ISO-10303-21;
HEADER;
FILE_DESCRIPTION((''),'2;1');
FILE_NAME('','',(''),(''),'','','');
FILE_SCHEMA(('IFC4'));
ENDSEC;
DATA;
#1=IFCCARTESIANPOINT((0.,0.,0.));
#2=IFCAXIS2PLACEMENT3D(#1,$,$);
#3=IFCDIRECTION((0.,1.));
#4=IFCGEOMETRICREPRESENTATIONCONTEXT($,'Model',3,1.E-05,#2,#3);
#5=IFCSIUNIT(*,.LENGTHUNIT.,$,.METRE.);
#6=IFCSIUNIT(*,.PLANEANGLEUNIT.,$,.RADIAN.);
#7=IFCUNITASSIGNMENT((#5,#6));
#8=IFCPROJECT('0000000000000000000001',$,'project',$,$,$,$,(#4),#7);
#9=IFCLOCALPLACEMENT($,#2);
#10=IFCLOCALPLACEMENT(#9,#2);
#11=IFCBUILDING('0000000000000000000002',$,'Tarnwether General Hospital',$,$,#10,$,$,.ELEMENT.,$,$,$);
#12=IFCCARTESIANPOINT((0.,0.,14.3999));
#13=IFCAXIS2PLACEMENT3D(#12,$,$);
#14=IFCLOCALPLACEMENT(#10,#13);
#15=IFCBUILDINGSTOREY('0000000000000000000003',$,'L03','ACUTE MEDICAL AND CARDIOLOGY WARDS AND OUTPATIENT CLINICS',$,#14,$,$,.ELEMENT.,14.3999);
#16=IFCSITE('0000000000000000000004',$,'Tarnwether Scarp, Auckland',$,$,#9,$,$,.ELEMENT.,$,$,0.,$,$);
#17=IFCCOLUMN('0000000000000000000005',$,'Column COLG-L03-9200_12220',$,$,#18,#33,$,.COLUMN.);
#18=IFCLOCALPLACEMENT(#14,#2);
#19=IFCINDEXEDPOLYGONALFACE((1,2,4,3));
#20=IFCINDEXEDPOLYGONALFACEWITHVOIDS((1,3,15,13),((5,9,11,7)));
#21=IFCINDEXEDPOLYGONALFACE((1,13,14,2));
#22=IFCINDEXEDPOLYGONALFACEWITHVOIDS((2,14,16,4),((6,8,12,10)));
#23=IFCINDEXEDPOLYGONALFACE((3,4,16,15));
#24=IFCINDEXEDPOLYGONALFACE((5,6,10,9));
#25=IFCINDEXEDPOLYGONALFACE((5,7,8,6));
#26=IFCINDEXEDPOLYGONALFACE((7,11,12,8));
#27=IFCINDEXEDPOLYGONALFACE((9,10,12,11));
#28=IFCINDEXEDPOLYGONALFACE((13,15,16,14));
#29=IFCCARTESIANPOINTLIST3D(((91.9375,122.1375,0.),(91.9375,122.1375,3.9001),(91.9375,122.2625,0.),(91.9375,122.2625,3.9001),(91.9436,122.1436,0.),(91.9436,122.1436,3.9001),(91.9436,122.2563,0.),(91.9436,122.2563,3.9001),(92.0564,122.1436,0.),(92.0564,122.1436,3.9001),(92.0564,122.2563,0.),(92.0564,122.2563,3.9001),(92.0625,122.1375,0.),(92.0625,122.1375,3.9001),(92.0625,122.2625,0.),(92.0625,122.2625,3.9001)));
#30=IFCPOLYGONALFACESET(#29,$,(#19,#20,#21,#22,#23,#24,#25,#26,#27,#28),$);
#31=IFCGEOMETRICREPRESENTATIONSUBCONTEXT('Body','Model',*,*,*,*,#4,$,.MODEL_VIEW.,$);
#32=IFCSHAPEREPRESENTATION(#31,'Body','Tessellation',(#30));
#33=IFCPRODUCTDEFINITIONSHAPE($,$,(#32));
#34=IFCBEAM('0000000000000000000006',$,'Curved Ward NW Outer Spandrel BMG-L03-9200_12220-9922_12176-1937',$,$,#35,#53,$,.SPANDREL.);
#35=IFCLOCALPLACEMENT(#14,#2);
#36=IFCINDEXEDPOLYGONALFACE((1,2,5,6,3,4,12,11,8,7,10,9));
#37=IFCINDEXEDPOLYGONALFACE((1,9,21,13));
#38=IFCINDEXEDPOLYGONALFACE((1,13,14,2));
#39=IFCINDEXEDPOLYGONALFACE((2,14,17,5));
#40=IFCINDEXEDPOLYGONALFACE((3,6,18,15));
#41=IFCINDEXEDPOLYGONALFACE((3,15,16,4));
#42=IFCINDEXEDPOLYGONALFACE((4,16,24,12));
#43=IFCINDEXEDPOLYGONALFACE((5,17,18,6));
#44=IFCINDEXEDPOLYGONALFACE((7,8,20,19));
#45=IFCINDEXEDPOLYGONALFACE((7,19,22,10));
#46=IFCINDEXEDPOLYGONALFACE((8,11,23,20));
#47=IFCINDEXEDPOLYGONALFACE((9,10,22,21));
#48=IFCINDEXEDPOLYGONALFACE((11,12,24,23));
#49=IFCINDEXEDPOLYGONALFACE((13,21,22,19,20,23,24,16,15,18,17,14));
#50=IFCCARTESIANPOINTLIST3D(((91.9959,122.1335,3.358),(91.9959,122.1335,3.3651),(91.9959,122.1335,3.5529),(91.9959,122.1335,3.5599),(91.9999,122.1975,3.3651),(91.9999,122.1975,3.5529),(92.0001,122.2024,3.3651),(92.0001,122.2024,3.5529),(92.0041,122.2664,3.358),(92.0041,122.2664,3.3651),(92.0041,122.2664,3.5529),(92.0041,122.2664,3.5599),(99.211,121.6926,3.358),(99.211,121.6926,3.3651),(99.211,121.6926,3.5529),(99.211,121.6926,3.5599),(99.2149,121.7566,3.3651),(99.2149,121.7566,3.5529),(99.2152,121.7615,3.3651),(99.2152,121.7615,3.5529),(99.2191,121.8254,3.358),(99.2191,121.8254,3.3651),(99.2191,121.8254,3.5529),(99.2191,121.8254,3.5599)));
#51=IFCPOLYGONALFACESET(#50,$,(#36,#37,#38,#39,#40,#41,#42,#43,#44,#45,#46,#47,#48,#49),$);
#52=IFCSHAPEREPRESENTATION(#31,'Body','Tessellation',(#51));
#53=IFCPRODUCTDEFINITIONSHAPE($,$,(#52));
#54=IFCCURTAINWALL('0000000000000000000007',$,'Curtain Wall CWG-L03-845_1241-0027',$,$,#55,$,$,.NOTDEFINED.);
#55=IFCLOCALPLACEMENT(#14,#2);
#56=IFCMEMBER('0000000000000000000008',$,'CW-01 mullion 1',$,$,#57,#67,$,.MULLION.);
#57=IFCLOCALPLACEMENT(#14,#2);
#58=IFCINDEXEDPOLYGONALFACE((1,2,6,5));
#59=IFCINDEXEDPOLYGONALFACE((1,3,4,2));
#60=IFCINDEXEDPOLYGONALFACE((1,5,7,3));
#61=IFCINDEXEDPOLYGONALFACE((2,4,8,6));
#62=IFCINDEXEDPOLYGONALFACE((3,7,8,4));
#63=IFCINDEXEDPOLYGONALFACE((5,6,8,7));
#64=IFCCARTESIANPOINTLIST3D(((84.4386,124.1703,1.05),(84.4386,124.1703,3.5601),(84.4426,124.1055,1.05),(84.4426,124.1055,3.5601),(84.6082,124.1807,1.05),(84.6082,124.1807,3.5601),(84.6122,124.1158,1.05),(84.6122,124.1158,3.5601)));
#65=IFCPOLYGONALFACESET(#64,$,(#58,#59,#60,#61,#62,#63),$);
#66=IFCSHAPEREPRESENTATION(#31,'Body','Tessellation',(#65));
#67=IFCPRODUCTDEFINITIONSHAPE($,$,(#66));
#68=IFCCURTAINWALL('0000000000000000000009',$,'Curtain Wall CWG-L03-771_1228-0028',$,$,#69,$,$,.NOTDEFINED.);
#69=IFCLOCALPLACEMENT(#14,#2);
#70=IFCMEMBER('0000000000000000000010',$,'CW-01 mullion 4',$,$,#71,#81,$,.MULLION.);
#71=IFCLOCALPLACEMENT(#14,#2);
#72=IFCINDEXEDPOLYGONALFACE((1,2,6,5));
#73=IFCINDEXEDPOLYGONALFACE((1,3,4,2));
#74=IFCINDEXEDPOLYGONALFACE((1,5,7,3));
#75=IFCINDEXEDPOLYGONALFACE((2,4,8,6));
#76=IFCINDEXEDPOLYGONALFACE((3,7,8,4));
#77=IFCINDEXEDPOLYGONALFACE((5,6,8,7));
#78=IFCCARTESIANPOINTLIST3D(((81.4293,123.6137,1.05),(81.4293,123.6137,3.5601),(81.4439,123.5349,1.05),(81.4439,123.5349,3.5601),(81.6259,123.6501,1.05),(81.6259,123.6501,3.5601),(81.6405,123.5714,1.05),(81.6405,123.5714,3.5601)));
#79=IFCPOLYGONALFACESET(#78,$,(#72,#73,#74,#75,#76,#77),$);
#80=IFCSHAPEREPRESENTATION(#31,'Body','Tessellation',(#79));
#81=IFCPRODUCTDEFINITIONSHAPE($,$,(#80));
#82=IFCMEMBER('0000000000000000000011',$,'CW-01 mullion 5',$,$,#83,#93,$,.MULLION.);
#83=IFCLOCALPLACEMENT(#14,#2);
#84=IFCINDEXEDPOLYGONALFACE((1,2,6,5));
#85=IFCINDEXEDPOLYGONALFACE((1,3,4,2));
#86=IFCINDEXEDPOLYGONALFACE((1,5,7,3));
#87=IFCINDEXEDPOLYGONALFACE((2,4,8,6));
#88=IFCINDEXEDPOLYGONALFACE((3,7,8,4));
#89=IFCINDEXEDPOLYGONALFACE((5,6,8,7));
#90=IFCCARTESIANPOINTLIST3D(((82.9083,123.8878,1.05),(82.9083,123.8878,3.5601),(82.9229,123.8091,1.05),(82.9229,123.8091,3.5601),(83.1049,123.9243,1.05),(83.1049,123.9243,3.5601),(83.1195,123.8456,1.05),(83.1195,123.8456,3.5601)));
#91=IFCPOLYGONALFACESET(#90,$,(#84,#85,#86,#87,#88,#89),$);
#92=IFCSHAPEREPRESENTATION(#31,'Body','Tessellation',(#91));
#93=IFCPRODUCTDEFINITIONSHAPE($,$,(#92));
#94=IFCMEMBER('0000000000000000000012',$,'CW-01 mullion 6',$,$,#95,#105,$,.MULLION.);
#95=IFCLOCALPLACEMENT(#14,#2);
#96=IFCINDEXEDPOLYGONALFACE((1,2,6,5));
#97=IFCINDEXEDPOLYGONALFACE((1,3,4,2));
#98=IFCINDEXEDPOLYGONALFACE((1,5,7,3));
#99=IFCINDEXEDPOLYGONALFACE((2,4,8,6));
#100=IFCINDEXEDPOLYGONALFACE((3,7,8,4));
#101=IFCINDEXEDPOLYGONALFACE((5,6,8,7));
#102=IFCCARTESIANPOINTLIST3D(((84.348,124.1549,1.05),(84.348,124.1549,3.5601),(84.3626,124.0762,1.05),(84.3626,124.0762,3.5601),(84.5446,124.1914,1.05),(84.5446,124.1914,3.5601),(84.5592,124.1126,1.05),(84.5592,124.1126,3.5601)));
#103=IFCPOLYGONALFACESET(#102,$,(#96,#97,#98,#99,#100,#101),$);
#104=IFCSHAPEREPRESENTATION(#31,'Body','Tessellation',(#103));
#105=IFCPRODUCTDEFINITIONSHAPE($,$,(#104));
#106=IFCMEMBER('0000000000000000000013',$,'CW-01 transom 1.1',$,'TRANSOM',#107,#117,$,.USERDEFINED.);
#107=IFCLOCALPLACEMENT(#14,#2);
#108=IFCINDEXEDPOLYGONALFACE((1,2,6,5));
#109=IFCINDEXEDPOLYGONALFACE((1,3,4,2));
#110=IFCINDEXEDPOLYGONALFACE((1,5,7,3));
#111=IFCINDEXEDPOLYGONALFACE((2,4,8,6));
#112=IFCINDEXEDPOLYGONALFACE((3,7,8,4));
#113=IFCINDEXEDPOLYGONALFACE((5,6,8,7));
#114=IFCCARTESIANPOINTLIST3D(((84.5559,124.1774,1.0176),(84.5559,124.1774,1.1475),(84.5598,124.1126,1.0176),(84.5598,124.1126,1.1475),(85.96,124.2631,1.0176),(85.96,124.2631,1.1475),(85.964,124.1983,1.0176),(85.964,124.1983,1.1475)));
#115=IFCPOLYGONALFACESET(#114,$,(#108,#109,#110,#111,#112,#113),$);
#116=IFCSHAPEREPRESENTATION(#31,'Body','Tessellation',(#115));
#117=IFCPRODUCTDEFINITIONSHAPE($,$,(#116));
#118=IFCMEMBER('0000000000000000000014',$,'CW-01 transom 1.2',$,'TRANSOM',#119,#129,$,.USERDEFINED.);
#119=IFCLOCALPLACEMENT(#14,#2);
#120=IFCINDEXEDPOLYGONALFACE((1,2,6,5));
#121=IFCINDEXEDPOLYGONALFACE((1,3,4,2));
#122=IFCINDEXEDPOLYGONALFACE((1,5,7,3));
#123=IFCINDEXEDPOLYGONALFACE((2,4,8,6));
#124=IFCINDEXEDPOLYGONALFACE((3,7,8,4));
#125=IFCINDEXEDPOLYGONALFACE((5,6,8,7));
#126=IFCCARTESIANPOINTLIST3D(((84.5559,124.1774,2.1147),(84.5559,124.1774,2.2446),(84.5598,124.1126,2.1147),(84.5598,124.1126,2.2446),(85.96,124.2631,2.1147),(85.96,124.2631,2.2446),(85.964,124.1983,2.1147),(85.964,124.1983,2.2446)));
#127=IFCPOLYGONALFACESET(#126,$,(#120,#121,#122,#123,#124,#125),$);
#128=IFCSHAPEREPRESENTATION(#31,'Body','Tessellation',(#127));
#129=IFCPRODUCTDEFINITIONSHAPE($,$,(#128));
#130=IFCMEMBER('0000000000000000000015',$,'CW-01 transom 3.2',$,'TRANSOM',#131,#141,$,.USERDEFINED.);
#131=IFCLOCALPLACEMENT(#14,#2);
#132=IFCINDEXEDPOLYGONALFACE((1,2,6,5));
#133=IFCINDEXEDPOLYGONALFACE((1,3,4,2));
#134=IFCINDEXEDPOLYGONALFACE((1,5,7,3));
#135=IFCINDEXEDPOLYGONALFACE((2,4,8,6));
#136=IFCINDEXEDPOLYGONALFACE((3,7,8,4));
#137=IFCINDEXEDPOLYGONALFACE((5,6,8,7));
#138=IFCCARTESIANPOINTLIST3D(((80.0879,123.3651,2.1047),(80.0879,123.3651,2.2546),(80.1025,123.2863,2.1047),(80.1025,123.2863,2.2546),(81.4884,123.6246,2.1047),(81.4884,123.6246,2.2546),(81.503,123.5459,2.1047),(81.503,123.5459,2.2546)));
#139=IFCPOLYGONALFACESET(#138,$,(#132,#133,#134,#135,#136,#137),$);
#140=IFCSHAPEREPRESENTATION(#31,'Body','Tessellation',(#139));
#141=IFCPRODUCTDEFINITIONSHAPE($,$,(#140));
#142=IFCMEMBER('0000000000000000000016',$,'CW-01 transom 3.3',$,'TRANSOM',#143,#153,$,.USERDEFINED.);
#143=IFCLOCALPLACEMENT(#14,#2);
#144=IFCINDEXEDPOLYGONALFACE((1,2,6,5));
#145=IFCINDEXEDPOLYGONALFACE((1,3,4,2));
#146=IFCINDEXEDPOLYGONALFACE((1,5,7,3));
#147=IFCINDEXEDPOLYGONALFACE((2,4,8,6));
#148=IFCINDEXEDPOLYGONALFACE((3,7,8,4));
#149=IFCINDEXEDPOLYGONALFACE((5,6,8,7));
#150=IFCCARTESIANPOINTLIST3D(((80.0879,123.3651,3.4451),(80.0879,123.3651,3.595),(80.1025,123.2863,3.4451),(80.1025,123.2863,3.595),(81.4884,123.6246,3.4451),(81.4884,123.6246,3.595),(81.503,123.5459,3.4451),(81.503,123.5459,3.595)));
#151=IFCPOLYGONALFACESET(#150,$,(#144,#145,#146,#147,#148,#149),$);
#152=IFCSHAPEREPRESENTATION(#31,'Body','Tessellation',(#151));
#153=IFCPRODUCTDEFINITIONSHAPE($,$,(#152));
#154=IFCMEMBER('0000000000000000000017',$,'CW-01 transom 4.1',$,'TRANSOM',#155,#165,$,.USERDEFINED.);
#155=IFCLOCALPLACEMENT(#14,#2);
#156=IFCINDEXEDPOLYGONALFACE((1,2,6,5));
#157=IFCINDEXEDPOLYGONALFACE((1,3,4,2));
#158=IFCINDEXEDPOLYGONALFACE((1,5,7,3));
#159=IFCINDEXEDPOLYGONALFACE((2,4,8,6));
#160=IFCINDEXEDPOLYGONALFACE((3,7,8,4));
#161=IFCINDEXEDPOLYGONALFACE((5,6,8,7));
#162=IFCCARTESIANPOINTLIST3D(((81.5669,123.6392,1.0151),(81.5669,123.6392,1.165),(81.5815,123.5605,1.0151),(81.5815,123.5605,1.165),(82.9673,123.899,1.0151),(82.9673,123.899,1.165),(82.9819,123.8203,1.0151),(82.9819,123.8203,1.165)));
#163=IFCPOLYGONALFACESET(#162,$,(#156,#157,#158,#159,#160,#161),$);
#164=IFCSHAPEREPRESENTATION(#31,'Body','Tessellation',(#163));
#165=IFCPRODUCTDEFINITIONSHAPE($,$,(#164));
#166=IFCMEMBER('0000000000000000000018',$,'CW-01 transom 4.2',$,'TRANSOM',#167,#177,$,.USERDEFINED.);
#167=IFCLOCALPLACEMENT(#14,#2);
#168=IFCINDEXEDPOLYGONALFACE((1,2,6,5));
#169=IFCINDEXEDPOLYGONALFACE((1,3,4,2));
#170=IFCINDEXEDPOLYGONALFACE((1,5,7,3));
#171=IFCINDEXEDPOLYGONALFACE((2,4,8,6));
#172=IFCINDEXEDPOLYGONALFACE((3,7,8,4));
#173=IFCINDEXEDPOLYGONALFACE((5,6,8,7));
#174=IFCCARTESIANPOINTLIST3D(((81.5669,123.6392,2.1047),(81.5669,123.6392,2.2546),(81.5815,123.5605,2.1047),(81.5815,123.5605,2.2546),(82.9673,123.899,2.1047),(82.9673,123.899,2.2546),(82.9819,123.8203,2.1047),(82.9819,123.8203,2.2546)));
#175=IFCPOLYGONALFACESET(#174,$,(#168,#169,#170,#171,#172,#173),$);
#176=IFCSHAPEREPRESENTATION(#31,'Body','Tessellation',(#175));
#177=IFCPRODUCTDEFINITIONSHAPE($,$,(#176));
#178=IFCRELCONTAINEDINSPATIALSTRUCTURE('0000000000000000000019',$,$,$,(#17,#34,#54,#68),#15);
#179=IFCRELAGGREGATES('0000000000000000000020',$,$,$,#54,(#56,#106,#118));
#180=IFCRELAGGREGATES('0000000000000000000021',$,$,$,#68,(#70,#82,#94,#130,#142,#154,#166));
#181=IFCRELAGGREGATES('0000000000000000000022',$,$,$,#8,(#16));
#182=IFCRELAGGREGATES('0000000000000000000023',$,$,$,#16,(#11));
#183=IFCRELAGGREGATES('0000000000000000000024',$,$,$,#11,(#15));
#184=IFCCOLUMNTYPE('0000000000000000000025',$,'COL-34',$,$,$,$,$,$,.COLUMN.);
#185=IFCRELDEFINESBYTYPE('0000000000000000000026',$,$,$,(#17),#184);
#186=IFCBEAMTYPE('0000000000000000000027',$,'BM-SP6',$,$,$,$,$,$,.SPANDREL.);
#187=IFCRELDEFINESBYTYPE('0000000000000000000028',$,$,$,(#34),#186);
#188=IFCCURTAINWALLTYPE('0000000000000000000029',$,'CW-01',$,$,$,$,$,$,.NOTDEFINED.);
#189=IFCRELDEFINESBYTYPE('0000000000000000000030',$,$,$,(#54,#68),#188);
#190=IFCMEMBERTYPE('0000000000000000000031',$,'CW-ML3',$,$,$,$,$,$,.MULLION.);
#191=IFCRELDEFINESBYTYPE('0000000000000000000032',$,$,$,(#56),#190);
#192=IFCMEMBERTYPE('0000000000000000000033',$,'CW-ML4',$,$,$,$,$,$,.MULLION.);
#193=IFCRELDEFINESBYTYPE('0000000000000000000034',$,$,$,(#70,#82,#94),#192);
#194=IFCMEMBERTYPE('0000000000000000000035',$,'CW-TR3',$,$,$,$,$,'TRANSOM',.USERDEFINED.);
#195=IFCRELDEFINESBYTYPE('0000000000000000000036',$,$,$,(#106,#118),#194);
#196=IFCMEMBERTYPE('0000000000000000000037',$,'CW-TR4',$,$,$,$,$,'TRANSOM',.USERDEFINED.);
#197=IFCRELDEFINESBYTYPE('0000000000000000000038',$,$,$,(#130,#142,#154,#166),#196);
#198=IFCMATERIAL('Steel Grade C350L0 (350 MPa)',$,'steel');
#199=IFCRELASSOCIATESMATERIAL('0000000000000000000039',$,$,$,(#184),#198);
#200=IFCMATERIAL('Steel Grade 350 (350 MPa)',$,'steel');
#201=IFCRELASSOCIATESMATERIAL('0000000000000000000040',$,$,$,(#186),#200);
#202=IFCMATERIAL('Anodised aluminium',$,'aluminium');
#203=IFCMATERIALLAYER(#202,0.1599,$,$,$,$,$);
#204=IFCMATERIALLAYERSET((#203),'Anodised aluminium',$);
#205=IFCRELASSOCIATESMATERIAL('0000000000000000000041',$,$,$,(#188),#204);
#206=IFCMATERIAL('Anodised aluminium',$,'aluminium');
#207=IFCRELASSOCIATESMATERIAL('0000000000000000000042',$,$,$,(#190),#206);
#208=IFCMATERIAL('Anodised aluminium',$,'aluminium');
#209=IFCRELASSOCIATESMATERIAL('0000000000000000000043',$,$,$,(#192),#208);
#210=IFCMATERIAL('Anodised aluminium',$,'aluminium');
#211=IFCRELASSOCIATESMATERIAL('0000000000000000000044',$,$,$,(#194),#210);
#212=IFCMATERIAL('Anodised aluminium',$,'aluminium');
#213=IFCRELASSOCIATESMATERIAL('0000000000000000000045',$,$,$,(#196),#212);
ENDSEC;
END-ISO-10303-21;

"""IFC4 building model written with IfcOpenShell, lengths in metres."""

from ifc_helpers import new_model, si_unit, direction, frame, origin, origin_2d, place, context, subcontext, project, spatial, rectangle, hollow_rectangle, i_section, extrude, material, layer, layer_set, material_profile, profile_set, type_object, element, aggregate, save


model = new_model("IFC4")

# Units and contexts
model_context = context("Model", 3, precision=1e-05, world=origin(), true_north=direction((0.0, 1.0)))
body_context = subcontext(model_context, "Body", "Model", "MODEL_VIEW")
ifc_project = project(units=[si_unit("LENGTHUNIT", "METRE"), si_unit("PLANEANGLEUNIT", "RADIAN")], contexts=[model_context])

# Site, building, storey
site_placement = place(None, origin())
site = spatial("IfcSite", under=ifc_project, at=site_placement, Name="Tarnwether Scarp, Auckland", CompositionType="ELEMENT", RefElevation=0.0)
building_placement = place(site_placement, origin())
building = spatial("IfcBuilding", under=site, at=building_placement, Name="Tarnwether General Hospital", CompositionType="ELEMENT")
storey_placement = place(building_placement, frame((0.0, 0.0, 14.3999)))
storey = spatial("IfcBuildingStorey", under=building, at=storey_placement, Name="L03", Description="ACUTE MEDICAL AND CARDIOLOGY WARDS AND OUTPATIENT CLINICS", CompositionType="ELEMENT", Elevation=14.3999)

# Column
ifc_material_1 = material(Name="Steel Grade C350L0 (350 MPa)", Category="steel")
ifc_material_profile_1 = material_profile(ifc_material_1, hollow_rectangle(XDim=0.125, YDim=0.125, WallThickness=0.0061, at=origin_2d()), Name="SHS125x125x6")
ifc_profile_set_1 = profile_set([ifc_material_profile_1], Name="Steel Grade C350L0 (350 MPa)")
column_type = type_object("IfcColumnType", Name="COL-34", PredefinedType="COLUMN", material=ifc_profile_set_1)
column_placement = place(storey_placement, frame((92.0, 122.2, 0.0), z_axis=(0.0, 0.0, 1.0), x_axis=(0.0, 1.0, 0.0)))
element("IfcColumn", 1, at=column_placement, inside=storey, type_object=column_type, Name="Column COLG-L03-9200_12220", PredefinedType="COLUMN", context=body_context, shape_type="SweptSolid", body=[
    extrude(hollow_rectangle(XDim=0.125, YDim=0.125, WallThickness=0.0061, at=origin_2d()), origin(), (0.0, 0.0, 1.0), 3.9001),
])

# Beam
ifc_material_2 = material(Name="Steel Grade 350 (350 MPa)", Category="steel")
ifc_material_profile_2 = material_profile(ifc_material_2, i_section(OverallWidth=0.1331, OverallDepth=0.2019, WebThickness=0.0049, FlangeThickness=0.0071, at=origin_2d()), Name="200UB22.3")
ifc_profile_set_2 = profile_set([ifc_material_profile_2], Name="Steel Grade 350 (350 MPa)")
beam_type = type_object("IfcBeamType", Name="BM-SP6", PredefinedType="SPANDREL", material=ifc_profile_set_2)
beam_placement = place(storey_placement, frame((92.0, 122.2, 3.459), z_axis=(0.998138, -0.060997, 0.0), x_axis=(0.060997, 0.998138, 0.0)))
element("IfcBeam", 2, at=beam_placement, inside=storey, type_object=beam_type, Name="Curved Ward NW Outer Spandrel BMG-L03-9200_12220-9922_12176-1937", PredefinedType="SPANDREL", context=body_context, shape_type="SweptSolid", body=[
    extrude(i_section(OverallWidth=0.1331, OverallDepth=0.2019, WebThickness=0.0049, FlangeThickness=0.0071, at=origin_2d()), origin(), (0.0, 0.0, 1.0), 7.2285),
])

# Curtain wall, member
ifc_material_3 = material(Name="Anodised aluminium", Category="aluminium")
ifc_layer_1 = layer(ifc_material_3, 0.1599)
ifc_layer_set_1 = layer_set([ifc_layer_1], Name="Anodised aluminium")
curtain_wall_type = type_object("IfcCurtainWallType", Name="CW-01", PredefinedType="NOTDEFINED", material=ifc_layer_set_1)
curtain_wall_1_placement = place(storey_placement, origin())
curtain_wall_1 = element("IfcCurtainWall", 3, at=curtain_wall_1_placement, inside=storey, type_object=curtain_wall_type, Name="Curtain Wall CWG-L03-845_1241-0027", PredefinedType="NOTDEFINED")
ifc_material_4 = material(Name="Anodised aluminium", Category="aluminium")
ifc_material_profile_3 = material_profile(ifc_material_4, rectangle(XDim=0.0649, YDim=0.1699, at=origin_2d()), Name="ALU-MUL-65x170")
ifc_profile_set_3 = profile_set([ifc_material_profile_3], Name="Anodised aluminium")
member_type_1 = type_object("IfcMemberType", Name="CW-ML3", PredefinedType="MULLION", material=ifc_profile_set_3)
member_1_placement = place(storey_placement, frame((84.5254, 124.1431, 1.05), z_axis=(0.0, 0.0, 1.0), x_axis=(-0.061029, 0.998136, 0.0)))
member_1 = element("IfcMember", 4, at=member_1_placement, type_object=member_type_1, Name="CW-01 mullion 1", PredefinedType="MULLION", context=body_context, shape_type="SweptSolid", body=[
    extrude(rectangle(XDim=0.0649, YDim=0.1699, at=origin_2d()), origin(), (0.0, 0.0, 1.0), 2.51),
])

# Curtain wall, members
curtain_wall_2_placement = place(storey_placement, origin())
curtain_wall_2 = element("IfcCurtainWall", 5, at=curtain_wall_2_placement, inside=storey, type_object=curtain_wall_type, Name="Curtain Wall CWG-L03-771_1228-0028", PredefinedType="NOTDEFINED")
ifc_material_5 = material(Name="Anodised aluminium", Category="aluminium")
ifc_material_profile_4 = material_profile(ifc_material_5, rectangle(XDim=0.0801, YDim=0.2, at=origin_2d()), Name="ALU-MUL-80x200")
ifc_profile_set_4 = profile_set([ifc_material_profile_4], Name="Anodised aluminium")
member_type_2 = type_object("IfcMemberType", Name="CW-ML4", PredefinedType="MULLION", material=ifc_profile_set_4)
member_2_placement = place(storey_placement, frame((81.5349, 123.5925, 1.05), z_axis=(0.0, 0.0, 1.0), x_axis=(-0.182289, 0.983245, 0.0)))
member_2 = element("IfcMember", 6, at=member_2_placement, type_object=member_type_2, Name="CW-01 mullion 4", PredefinedType="MULLION", context=body_context, shape_type="SweptSolid", body=[
    extrude(rectangle(XDim=0.0801, YDim=0.2, at=origin_2d()), origin(), (0.0, 0.0, 1.0), 2.51),
])
member_3_placement = place(storey_placement, frame((83.0139, 123.8667, 1.05), z_axis=(0.0, 0.0, 1.0), x_axis=(-0.182289, 0.983245, 0.0)))
member_3 = element("IfcMember", 7, at=member_3_placement, type_object=member_type_2, Name="CW-01 mullion 5", PredefinedType="MULLION", context=body_context, shape_type="SweptSolid", body=[
    extrude(rectangle(XDim=0.0801, YDim=0.2, at=origin_2d()), origin(), (0.0, 0.0, 1.0), 2.51),
])
member_4_placement = place(storey_placement, frame((84.4536, 124.1338, 1.05), z_axis=(0.0, 0.0, 1.0), x_axis=(-0.182289, 0.983245, 0.0)))
member_4 = element("IfcMember", 8, at=member_4_placement, type_object=member_type_2, Name="CW-01 mullion 6", PredefinedType="MULLION", context=body_context, shape_type="SweptSolid", body=[
    extrude(rectangle(XDim=0.0801, YDim=0.2, at=origin_2d()), origin(), (0.0, 0.0, 1.0), 2.51),
])

# Members
ifc_material_6 = material(Name="Anodised aluminium", Category="aluminium")
ifc_material_profile_5 = material_profile(ifc_material_6, rectangle(XDim=0.0649, YDim=0.1299, at=origin_2d()), Name="ALU-TRN-65x130")
ifc_profile_set_5 = profile_set([ifc_material_profile_5], Name="Anodised aluminium")
member_type_3 = type_object("IfcMemberType", Name="CW-TR3", ElementType="TRANSOM", PredefinedType="USERDEFINED", material=ifc_profile_set_5)
member_5_placement = place(storey_placement, frame((84.5579, 124.145, 1.0825), z_axis=(0.998143, 0.06092, 0.0), x_axis=(-0.06092, 0.998143, 0.0)))
member_5 = element("IfcMember", 9, at=member_5_placement, type_object=member_type_3, Name="CW-01 transom 1.1", ObjectType="TRANSOM", PredefinedType="USERDEFINED", context=body_context, shape_type="SweptSolid", body=[
    extrude(rectangle(XDim=0.0649, YDim=0.1299, at=origin_2d()), origin(), (0.0, 0.0, 1.0), 1.4067),
])
member_6_placement = place(storey_placement, frame((84.5579, 124.145, 2.1797), z_axis=(0.998143, 0.06092, 0.0), x_axis=(-0.06092, 0.998143, 0.0)))
member_6 = element("IfcMember", 10, at=member_6_placement, type_object=member_type_3, Name="CW-01 transom 1.2", ObjectType="TRANSOM", PredefinedType="USERDEFINED", context=body_context, shape_type="SweptSolid", body=[
    extrude(rectangle(XDim=0.0649, YDim=0.1299, at=origin_2d()), origin(), (0.0, 0.0, 1.0), 1.4067),
])
aggregate(curtain_wall_1, [member_1, member_5, member_6])
ifc_material_7 = material(Name="Anodised aluminium", Category="aluminium")
ifc_material_profile_6 = material_profile(ifc_material_7, rectangle(XDim=0.0801, YDim=0.1499, at=origin_2d()), Name="ALU-TRN-80x150")
ifc_profile_set_6 = profile_set([ifc_material_profile_6], Name="Anodised aluminium")
member_type_4 = type_object("IfcMemberType", Name="CW-TR4", ElementType="TRANSOM", PredefinedType="USERDEFINED", material=ifc_profile_set_6)
member_7_placement = place(storey_placement, frame((80.0952, 123.3257, 2.1797), z_axis=(0.983258, 0.182218, 0.0), x_axis=(-0.182218, 0.983258, 0.0)))
member_7 = element("IfcMember", 11, at=member_7_placement, type_object=member_type_4, Name="CW-01 transom 3.2", ObjectType="TRANSOM", PredefinedType="USERDEFINED", context=body_context, shape_type="SweptSolid", body=[
    extrude(rectangle(XDim=0.0801, YDim=0.1499, at=origin_2d()), origin(), (0.0, 0.0, 1.0), 1.4243),
])
member_8_placement = place(storey_placement, frame((80.0952, 123.3257, 3.52), z_axis=(0.983258, 0.182218, 0.0), x_axis=(-0.182218, 0.983258, 0.0)))
member_8 = element("IfcMember", 12, at=member_8_placement, type_object=member_type_4, Name="CW-01 transom 3.3", ObjectType="TRANSOM", PredefinedType="USERDEFINED", context=body_context, shape_type="SweptSolid", body=[
    extrude(rectangle(XDim=0.0801, YDim=0.1499, at=origin_2d()), origin(), (0.0, 0.0, 1.0), 1.4243),
])
member_9_placement = place(storey_placement, frame((81.5742, 123.5999, 1.0901), z_axis=(0.983227, 0.182384, 0.0), x_axis=(-0.182384, 0.983227, 0.0)))
member_9 = element("IfcMember", 13, at=member_9_placement, type_object=member_type_4, Name="CW-01 transom 4.1", ObjectType="TRANSOM", PredefinedType="USERDEFINED", context=body_context, shape_type="SweptSolid", body=[
    extrude(rectangle(XDim=0.0801, YDim=0.1499, at=origin_2d()), origin(), (0.0, 0.0, 1.0), 1.4243),
])
member_10_placement = place(storey_placement, frame((81.5742, 123.5999, 2.1797), z_axis=(0.983227, 0.182384, 0.0), x_axis=(-0.182384, 0.983227, 0.0)))
member_10 = element("IfcMember", 14, at=member_10_placement, type_object=member_type_4, Name="CW-01 transom 4.2", ObjectType="TRANSOM", PredefinedType="USERDEFINED", context=body_context, shape_type="SweptSolid", body=[
    extrude(rectangle(XDim=0.0801, YDim=0.1499, at=origin_2d()), origin(), (0.0, 0.0, 1.0), 1.4243),
])

aggregate(curtain_wall_2, [member_2, member_3, member_4, member_7, member_8, member_9, member_10])

save(model, "model.ifc")
